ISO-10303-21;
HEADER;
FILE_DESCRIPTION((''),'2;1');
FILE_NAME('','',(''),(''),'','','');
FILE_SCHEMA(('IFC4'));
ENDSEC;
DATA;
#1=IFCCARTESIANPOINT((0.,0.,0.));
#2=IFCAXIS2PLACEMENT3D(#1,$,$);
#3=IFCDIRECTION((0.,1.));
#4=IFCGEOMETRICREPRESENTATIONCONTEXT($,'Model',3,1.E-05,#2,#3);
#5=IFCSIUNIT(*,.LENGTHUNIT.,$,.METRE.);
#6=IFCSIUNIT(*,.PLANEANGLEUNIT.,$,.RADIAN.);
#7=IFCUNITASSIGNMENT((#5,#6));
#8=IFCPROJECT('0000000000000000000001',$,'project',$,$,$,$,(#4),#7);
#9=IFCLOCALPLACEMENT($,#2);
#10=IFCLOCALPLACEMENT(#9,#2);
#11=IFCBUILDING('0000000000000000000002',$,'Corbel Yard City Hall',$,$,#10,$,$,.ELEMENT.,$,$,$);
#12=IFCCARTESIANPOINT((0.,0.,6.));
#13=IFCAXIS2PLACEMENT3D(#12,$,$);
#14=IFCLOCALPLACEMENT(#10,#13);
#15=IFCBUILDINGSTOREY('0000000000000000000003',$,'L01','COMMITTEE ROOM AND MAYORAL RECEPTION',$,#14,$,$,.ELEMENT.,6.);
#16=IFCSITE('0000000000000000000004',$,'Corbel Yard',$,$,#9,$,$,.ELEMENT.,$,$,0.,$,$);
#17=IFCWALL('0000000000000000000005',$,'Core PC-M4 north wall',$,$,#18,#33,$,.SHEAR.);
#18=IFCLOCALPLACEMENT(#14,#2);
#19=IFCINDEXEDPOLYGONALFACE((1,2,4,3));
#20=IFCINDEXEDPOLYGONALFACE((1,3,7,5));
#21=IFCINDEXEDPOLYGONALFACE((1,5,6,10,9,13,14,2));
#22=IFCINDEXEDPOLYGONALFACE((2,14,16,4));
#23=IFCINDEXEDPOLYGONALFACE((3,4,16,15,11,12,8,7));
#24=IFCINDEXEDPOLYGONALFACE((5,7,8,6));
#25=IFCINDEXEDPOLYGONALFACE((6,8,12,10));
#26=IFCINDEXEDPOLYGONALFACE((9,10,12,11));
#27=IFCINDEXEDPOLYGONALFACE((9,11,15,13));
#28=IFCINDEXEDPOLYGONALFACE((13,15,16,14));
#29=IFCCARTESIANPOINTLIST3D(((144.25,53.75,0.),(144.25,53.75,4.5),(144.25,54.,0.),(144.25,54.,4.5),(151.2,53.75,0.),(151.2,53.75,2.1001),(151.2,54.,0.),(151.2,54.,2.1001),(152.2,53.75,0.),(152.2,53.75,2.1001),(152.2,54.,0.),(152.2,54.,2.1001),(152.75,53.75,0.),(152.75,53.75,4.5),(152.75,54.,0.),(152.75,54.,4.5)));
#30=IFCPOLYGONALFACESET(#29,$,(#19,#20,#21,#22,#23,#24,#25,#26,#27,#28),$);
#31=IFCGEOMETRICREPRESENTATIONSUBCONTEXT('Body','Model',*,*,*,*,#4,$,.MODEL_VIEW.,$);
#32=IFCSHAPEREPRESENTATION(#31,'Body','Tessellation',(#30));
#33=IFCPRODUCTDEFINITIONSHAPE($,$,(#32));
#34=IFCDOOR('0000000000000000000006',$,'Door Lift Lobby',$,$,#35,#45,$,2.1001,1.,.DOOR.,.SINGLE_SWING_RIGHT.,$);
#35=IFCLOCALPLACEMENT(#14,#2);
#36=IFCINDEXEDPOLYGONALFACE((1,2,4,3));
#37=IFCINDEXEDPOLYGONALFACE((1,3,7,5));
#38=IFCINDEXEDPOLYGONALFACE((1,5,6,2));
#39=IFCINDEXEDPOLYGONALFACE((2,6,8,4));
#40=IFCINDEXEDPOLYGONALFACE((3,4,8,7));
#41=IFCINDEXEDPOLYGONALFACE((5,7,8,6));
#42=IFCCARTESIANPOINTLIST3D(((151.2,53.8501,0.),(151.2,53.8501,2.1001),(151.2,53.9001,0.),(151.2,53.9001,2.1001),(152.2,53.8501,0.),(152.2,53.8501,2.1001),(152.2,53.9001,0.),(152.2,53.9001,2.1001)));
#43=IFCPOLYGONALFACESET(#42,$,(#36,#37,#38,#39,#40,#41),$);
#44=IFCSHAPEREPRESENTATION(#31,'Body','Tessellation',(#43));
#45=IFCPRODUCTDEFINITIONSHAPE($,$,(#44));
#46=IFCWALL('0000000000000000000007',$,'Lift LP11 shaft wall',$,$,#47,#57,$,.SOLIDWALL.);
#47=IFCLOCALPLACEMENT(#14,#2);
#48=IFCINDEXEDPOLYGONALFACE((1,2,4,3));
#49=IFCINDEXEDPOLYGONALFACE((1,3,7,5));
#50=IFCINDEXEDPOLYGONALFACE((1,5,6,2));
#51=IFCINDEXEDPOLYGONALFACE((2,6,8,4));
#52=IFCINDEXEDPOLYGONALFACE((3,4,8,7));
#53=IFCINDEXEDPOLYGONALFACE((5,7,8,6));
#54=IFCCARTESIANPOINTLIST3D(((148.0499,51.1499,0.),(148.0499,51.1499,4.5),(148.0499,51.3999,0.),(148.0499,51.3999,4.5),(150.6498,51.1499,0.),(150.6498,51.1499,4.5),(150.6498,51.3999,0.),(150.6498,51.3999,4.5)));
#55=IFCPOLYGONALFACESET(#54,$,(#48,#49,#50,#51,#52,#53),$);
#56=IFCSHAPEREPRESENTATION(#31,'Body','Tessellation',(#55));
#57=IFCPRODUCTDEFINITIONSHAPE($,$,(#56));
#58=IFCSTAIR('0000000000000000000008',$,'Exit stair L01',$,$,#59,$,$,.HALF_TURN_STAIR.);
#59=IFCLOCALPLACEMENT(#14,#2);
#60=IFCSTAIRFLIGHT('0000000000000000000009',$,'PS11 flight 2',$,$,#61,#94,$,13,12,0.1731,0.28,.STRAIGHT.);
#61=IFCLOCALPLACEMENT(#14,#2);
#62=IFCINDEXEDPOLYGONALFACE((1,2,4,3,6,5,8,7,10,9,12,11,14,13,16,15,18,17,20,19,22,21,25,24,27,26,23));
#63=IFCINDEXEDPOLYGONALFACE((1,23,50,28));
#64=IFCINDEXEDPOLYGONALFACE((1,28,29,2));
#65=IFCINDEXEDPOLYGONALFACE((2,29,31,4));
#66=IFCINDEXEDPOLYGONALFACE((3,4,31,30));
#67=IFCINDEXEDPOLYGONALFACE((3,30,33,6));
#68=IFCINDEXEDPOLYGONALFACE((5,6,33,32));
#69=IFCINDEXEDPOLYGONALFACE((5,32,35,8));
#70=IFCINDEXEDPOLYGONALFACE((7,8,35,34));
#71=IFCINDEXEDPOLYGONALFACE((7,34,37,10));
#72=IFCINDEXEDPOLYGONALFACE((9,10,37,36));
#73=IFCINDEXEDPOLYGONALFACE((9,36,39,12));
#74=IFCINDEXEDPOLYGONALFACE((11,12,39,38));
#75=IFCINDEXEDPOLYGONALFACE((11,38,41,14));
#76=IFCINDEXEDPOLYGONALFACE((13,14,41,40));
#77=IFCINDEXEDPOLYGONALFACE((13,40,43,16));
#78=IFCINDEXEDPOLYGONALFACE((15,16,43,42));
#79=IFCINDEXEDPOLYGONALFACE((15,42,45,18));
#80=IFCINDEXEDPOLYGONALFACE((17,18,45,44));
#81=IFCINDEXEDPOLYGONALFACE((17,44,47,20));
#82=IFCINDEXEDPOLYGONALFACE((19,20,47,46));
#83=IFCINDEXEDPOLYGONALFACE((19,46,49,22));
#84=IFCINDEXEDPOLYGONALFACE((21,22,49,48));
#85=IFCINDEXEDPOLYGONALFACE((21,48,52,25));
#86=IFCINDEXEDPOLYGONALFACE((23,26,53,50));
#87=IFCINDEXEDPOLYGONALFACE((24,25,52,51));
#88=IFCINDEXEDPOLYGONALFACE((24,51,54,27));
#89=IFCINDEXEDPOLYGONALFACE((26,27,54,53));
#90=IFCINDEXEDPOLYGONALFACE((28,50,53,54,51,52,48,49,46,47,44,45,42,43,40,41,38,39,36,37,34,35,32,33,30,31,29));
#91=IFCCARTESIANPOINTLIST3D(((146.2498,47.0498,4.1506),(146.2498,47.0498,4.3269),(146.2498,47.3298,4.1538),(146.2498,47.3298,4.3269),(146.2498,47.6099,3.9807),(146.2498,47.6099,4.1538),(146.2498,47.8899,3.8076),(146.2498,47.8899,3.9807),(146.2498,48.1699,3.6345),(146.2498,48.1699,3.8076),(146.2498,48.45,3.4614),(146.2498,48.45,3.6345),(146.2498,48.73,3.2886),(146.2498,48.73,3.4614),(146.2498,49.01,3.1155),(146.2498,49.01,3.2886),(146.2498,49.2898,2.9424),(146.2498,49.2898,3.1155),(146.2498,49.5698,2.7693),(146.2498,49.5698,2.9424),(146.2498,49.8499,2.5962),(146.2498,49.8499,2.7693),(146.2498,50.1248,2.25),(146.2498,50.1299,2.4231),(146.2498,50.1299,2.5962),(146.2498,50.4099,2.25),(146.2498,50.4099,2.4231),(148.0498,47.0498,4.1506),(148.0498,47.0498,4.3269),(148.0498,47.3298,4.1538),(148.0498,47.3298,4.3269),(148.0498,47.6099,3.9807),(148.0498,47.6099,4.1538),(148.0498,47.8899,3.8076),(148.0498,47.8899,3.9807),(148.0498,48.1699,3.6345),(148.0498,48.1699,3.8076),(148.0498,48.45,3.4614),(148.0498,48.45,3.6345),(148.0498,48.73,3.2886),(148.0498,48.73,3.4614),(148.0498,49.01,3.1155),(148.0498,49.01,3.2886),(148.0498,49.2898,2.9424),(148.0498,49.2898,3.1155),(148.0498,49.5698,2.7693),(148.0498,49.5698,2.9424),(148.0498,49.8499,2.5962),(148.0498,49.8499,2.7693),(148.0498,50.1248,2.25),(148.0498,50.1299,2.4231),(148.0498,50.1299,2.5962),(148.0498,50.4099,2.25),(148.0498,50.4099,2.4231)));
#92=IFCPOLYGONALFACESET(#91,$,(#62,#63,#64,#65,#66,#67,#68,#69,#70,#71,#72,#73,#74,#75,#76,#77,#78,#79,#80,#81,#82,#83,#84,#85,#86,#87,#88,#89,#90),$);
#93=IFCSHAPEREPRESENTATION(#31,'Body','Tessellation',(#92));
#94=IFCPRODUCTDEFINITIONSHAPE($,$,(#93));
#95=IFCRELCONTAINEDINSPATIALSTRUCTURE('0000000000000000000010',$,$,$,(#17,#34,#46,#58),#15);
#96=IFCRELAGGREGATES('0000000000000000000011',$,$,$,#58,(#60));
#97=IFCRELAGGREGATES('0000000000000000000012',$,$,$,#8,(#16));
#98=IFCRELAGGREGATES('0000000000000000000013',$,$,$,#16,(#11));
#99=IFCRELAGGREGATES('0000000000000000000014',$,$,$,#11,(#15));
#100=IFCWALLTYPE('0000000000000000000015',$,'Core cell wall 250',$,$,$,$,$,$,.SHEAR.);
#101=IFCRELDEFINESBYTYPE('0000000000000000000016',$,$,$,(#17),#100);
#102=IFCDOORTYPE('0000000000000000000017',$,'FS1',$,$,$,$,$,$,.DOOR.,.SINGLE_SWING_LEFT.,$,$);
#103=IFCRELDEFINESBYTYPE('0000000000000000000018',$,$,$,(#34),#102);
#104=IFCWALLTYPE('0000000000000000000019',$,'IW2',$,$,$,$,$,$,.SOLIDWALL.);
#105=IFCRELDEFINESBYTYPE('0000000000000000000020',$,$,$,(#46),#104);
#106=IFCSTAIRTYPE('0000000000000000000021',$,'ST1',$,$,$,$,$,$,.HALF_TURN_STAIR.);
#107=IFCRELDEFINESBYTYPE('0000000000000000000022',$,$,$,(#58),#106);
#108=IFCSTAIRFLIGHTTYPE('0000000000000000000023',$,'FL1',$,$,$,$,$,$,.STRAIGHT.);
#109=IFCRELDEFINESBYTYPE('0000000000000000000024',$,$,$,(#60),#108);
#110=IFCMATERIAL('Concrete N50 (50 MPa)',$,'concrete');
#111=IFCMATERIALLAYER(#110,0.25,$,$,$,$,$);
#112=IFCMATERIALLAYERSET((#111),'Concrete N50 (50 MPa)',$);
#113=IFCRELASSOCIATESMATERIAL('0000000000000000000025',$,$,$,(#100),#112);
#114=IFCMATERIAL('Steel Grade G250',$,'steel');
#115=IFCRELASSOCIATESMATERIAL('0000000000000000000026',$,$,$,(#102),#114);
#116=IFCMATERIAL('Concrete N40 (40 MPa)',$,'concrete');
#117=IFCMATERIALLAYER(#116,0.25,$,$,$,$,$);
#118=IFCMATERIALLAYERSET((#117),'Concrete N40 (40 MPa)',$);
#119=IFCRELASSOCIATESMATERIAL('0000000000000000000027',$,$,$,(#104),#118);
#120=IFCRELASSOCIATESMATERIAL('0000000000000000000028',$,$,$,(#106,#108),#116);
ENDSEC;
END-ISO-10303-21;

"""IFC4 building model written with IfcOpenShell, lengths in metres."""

from ifc_helpers import new_model, si_unit, direction, frame, frame_2d, origin, place, context, subcontext, project, spatial, polyline, rectangle, outline, extrude, material, layer, layer_set, type_object, element, fill, aggregate, save


model = new_model("IFC4")

# Units and contexts
model_context = context("Model", 3, precision=1e-05, world=origin(), true_north=direction((0.0, 1.0)))
body_context = subcontext(model_context, "Body", "Model", "MODEL_VIEW")
ifc_project = project(units=[si_unit("LENGTHUNIT", "METRE"), si_unit("PLANEANGLEUNIT", "RADIAN")], contexts=[model_context])

# Site, building, storey
site_placement = place(None, origin())
site = spatial("IfcSite", under=ifc_project, at=site_placement, Name="Corbel Yard", CompositionType="ELEMENT", RefElevation=0.0)
building_placement = place(site_placement, origin())
building = spatial("IfcBuilding", under=site, at=building_placement, Name="Corbel Yard City Hall", CompositionType="ELEMENT")
storey_placement = place(building_placement, frame((0.0, 0.0, 6.0)))
storey = spatial("IfcBuildingStorey", under=building, at=storey_placement, Name="L01", Description="COMMITTEE ROOM AND MAYORAL RECEPTION", CompositionType="ELEMENT", Elevation=6.0)

# Shared definitions
ifc_material_1 = material(Name="Concrete N50 (50 MPa)", Category="concrete")

# Shared definitions
ifc_material_2 = material(Name="Concrete N40 (40 MPa)", Category="concrete")

# Wall, opening, door
ifc_material_3 = material(Name="Steel Grade G250", Category="steel")
ifc_layer_1 = layer(ifc_material_1, 0.25)
ifc_layer_set_1 = layer_set([ifc_layer_1], Name="Concrete N50 (50 MPa)")
wall_type_1 = type_object("IfcWallType", Name="Core cell wall 250", PredefinedType="SHEAR", material=ifc_layer_set_1)
wall_1_placement = place(storey_placement, frame((144.25, 53.875, 0.0), z_axis=(0.0, 0.0, 1.0), x_axis=(1.0, 0.0, 0.0)))
wall_1 = element("IfcWall", 1, at=wall_1_placement, inside=storey, type_object=wall_type_1, Name="Core PC-M4 north wall", PredefinedType="SHEAR", context=body_context, shape_type="SweptSolid", body=[
    extrude(rectangle(XDim=8.5, YDim=0.25, at=frame_2d((4.25, 0.0))), origin(), (0.0, 0.0, 1.0), 4.5),
])
opening_1_placement = place(wall_1_placement, frame((6.95, 0.0, 0.0)))
opening_1 = element("IfcOpeningElement", 2, at=opening_1_placement, cuts=wall_1, PredefinedType="OPENING", context=body_context, shape_type="SweptSolid", body=[
    extrude(rectangle(XDim=1.0, YDim=2.1001, at=frame_2d((0.5, 1.05))), frame((0.0, 0.135, 0.0), z_axis=(0.0, -1.0, 0.0), x_axis=(1.0, 0.0, 0.0)), (0.0, 0.0, 1.0), 0.27),
])
door_type_1 = type_object("IfcDoorType", Name="FS1", OperationType="SINGLE_SWING_LEFT", PredefinedType="DOOR", material=ifc_material_3)
door_1_placement = place(opening_1_placement, frame((1.0, 0.0, 0.0), z_axis=(0.0, 0.0, 1.0), x_axis=(-1.0, 0.0, 0.0)))
door_1 = element("IfcDoor", 3, at=door_1_placement, inside=storey, type_object=door_type_1, Name="Door Lift Lobby", OperationType="SINGLE_SWING_RIGHT", OverallHeight=2.1001, OverallWidth=1.0, PredefinedType="DOOR", context=body_context, shape_type="SweptSolid", body=[
    extrude(rectangle(XDim=1.0, YDim=2.1001, at=frame_2d((0.5, 1.05))), frame((0.0, 0.0249, 0.0), z_axis=(0.0, -1.0, 0.0), x_axis=(1.0, 0.0, 0.0)), (0.0, 0.0, 1.0), 0.05),
])
fill(opening_1, door_1)

# Wall
ifc_layer_2 = layer(ifc_material_2, 0.25)
ifc_layer_set_2 = layer_set([ifc_layer_2], Name="Concrete N40 (40 MPa)")
wall_type_2 = type_object("IfcWallType", Name="IW2", PredefinedType="SOLIDWALL", material=ifc_layer_set_2)
wall_2_placement = place(storey_placement, frame((148.05, 51.2749, 0.0), z_axis=(0.0, 0.0, 1.0), x_axis=(1.0, 0.0, 0.0)))
element("IfcWall", 4, at=wall_2_placement, inside=storey, type_object=wall_type_2, Name="Lift LP11 shaft wall", PredefinedType="SOLIDWALL", context=body_context, shape_type="SweptSolid", body=[
    extrude(rectangle(XDim=2.5999, YDim=0.25, at=frame_2d((1.2998, 0.0))), origin(), (0.0, 0.0, 1.0), 4.5),
])

# Stair, stair flight
stair_type = type_object("IfcStairType", Name="ST1", PredefinedType="HALF_TURN_STAIR", material=ifc_material_2)
stair_placement = place(storey_placement, origin())
stair = element("IfcStair", 5, at=stair_placement, inside=storey, type_object=stair_type, Name="Exit stair L01", PredefinedType="HALF_TURN_STAIR")
stair_flight_type = type_object("IfcStairFlightType", Name="FL1", PredefinedType="STRAIGHT", material=ifc_material_2)
stair_flight_placement = place(storey_placement, frame((147.1499, 50.4099, 2.25), z_axis=(0.0, 0.0, 1.0), x_axis=(0.0, -1.0, 0.0)))
stair_flight = element("IfcStairFlight", 6, at=stair_flight_placement, type_object=stair_flight_type, Name="PS11 flight 2", NumberOfRisers=13, NumberOfTreads=12, PredefinedType="STRAIGHT", RiserHeight=0.1731, TreadLength=0.28, context=body_context, shape_type="SweptSolid", body=[
    extrude(outline(polyline([(0.0, 0.0), (0.0, 0.1731), (0.28, 0.1731), (0.28, 0.3462), (0.5601, 0.3462), (0.5601, 0.5193), (0.8401, 0.5193), (0.8401, 0.6924), (1.1201, 0.6924), (1.1201, 0.8655), (1.3999, 0.8655), (1.3999, 1.0386), (1.6799, 1.0386), (1.6799, 1.2114), (1.96, 1.2114), (1.96, 1.3845), (2.24, 1.3845), (2.24, 1.5576), (2.52, 1.5576), (2.52, 1.7307), (2.8, 1.7307), (2.8, 1.9038), (3.0801, 1.9038), (3.0801, 2.0769), (3.3601, 2.0769), (3.3601, 2.25), (3.3601, 1.9006), (0.2852, 0.0), (0.0, 0.0)])), frame((0.0, 0.8999, 0.0), z_axis=(0.0, -1.0, 0.0), x_axis=(1.0, 0.0, 0.0)), (0.0, 0.0, 1.0), 1.8),
])
aggregate(stair, [stair_flight])

save(model, "model.ifc")
